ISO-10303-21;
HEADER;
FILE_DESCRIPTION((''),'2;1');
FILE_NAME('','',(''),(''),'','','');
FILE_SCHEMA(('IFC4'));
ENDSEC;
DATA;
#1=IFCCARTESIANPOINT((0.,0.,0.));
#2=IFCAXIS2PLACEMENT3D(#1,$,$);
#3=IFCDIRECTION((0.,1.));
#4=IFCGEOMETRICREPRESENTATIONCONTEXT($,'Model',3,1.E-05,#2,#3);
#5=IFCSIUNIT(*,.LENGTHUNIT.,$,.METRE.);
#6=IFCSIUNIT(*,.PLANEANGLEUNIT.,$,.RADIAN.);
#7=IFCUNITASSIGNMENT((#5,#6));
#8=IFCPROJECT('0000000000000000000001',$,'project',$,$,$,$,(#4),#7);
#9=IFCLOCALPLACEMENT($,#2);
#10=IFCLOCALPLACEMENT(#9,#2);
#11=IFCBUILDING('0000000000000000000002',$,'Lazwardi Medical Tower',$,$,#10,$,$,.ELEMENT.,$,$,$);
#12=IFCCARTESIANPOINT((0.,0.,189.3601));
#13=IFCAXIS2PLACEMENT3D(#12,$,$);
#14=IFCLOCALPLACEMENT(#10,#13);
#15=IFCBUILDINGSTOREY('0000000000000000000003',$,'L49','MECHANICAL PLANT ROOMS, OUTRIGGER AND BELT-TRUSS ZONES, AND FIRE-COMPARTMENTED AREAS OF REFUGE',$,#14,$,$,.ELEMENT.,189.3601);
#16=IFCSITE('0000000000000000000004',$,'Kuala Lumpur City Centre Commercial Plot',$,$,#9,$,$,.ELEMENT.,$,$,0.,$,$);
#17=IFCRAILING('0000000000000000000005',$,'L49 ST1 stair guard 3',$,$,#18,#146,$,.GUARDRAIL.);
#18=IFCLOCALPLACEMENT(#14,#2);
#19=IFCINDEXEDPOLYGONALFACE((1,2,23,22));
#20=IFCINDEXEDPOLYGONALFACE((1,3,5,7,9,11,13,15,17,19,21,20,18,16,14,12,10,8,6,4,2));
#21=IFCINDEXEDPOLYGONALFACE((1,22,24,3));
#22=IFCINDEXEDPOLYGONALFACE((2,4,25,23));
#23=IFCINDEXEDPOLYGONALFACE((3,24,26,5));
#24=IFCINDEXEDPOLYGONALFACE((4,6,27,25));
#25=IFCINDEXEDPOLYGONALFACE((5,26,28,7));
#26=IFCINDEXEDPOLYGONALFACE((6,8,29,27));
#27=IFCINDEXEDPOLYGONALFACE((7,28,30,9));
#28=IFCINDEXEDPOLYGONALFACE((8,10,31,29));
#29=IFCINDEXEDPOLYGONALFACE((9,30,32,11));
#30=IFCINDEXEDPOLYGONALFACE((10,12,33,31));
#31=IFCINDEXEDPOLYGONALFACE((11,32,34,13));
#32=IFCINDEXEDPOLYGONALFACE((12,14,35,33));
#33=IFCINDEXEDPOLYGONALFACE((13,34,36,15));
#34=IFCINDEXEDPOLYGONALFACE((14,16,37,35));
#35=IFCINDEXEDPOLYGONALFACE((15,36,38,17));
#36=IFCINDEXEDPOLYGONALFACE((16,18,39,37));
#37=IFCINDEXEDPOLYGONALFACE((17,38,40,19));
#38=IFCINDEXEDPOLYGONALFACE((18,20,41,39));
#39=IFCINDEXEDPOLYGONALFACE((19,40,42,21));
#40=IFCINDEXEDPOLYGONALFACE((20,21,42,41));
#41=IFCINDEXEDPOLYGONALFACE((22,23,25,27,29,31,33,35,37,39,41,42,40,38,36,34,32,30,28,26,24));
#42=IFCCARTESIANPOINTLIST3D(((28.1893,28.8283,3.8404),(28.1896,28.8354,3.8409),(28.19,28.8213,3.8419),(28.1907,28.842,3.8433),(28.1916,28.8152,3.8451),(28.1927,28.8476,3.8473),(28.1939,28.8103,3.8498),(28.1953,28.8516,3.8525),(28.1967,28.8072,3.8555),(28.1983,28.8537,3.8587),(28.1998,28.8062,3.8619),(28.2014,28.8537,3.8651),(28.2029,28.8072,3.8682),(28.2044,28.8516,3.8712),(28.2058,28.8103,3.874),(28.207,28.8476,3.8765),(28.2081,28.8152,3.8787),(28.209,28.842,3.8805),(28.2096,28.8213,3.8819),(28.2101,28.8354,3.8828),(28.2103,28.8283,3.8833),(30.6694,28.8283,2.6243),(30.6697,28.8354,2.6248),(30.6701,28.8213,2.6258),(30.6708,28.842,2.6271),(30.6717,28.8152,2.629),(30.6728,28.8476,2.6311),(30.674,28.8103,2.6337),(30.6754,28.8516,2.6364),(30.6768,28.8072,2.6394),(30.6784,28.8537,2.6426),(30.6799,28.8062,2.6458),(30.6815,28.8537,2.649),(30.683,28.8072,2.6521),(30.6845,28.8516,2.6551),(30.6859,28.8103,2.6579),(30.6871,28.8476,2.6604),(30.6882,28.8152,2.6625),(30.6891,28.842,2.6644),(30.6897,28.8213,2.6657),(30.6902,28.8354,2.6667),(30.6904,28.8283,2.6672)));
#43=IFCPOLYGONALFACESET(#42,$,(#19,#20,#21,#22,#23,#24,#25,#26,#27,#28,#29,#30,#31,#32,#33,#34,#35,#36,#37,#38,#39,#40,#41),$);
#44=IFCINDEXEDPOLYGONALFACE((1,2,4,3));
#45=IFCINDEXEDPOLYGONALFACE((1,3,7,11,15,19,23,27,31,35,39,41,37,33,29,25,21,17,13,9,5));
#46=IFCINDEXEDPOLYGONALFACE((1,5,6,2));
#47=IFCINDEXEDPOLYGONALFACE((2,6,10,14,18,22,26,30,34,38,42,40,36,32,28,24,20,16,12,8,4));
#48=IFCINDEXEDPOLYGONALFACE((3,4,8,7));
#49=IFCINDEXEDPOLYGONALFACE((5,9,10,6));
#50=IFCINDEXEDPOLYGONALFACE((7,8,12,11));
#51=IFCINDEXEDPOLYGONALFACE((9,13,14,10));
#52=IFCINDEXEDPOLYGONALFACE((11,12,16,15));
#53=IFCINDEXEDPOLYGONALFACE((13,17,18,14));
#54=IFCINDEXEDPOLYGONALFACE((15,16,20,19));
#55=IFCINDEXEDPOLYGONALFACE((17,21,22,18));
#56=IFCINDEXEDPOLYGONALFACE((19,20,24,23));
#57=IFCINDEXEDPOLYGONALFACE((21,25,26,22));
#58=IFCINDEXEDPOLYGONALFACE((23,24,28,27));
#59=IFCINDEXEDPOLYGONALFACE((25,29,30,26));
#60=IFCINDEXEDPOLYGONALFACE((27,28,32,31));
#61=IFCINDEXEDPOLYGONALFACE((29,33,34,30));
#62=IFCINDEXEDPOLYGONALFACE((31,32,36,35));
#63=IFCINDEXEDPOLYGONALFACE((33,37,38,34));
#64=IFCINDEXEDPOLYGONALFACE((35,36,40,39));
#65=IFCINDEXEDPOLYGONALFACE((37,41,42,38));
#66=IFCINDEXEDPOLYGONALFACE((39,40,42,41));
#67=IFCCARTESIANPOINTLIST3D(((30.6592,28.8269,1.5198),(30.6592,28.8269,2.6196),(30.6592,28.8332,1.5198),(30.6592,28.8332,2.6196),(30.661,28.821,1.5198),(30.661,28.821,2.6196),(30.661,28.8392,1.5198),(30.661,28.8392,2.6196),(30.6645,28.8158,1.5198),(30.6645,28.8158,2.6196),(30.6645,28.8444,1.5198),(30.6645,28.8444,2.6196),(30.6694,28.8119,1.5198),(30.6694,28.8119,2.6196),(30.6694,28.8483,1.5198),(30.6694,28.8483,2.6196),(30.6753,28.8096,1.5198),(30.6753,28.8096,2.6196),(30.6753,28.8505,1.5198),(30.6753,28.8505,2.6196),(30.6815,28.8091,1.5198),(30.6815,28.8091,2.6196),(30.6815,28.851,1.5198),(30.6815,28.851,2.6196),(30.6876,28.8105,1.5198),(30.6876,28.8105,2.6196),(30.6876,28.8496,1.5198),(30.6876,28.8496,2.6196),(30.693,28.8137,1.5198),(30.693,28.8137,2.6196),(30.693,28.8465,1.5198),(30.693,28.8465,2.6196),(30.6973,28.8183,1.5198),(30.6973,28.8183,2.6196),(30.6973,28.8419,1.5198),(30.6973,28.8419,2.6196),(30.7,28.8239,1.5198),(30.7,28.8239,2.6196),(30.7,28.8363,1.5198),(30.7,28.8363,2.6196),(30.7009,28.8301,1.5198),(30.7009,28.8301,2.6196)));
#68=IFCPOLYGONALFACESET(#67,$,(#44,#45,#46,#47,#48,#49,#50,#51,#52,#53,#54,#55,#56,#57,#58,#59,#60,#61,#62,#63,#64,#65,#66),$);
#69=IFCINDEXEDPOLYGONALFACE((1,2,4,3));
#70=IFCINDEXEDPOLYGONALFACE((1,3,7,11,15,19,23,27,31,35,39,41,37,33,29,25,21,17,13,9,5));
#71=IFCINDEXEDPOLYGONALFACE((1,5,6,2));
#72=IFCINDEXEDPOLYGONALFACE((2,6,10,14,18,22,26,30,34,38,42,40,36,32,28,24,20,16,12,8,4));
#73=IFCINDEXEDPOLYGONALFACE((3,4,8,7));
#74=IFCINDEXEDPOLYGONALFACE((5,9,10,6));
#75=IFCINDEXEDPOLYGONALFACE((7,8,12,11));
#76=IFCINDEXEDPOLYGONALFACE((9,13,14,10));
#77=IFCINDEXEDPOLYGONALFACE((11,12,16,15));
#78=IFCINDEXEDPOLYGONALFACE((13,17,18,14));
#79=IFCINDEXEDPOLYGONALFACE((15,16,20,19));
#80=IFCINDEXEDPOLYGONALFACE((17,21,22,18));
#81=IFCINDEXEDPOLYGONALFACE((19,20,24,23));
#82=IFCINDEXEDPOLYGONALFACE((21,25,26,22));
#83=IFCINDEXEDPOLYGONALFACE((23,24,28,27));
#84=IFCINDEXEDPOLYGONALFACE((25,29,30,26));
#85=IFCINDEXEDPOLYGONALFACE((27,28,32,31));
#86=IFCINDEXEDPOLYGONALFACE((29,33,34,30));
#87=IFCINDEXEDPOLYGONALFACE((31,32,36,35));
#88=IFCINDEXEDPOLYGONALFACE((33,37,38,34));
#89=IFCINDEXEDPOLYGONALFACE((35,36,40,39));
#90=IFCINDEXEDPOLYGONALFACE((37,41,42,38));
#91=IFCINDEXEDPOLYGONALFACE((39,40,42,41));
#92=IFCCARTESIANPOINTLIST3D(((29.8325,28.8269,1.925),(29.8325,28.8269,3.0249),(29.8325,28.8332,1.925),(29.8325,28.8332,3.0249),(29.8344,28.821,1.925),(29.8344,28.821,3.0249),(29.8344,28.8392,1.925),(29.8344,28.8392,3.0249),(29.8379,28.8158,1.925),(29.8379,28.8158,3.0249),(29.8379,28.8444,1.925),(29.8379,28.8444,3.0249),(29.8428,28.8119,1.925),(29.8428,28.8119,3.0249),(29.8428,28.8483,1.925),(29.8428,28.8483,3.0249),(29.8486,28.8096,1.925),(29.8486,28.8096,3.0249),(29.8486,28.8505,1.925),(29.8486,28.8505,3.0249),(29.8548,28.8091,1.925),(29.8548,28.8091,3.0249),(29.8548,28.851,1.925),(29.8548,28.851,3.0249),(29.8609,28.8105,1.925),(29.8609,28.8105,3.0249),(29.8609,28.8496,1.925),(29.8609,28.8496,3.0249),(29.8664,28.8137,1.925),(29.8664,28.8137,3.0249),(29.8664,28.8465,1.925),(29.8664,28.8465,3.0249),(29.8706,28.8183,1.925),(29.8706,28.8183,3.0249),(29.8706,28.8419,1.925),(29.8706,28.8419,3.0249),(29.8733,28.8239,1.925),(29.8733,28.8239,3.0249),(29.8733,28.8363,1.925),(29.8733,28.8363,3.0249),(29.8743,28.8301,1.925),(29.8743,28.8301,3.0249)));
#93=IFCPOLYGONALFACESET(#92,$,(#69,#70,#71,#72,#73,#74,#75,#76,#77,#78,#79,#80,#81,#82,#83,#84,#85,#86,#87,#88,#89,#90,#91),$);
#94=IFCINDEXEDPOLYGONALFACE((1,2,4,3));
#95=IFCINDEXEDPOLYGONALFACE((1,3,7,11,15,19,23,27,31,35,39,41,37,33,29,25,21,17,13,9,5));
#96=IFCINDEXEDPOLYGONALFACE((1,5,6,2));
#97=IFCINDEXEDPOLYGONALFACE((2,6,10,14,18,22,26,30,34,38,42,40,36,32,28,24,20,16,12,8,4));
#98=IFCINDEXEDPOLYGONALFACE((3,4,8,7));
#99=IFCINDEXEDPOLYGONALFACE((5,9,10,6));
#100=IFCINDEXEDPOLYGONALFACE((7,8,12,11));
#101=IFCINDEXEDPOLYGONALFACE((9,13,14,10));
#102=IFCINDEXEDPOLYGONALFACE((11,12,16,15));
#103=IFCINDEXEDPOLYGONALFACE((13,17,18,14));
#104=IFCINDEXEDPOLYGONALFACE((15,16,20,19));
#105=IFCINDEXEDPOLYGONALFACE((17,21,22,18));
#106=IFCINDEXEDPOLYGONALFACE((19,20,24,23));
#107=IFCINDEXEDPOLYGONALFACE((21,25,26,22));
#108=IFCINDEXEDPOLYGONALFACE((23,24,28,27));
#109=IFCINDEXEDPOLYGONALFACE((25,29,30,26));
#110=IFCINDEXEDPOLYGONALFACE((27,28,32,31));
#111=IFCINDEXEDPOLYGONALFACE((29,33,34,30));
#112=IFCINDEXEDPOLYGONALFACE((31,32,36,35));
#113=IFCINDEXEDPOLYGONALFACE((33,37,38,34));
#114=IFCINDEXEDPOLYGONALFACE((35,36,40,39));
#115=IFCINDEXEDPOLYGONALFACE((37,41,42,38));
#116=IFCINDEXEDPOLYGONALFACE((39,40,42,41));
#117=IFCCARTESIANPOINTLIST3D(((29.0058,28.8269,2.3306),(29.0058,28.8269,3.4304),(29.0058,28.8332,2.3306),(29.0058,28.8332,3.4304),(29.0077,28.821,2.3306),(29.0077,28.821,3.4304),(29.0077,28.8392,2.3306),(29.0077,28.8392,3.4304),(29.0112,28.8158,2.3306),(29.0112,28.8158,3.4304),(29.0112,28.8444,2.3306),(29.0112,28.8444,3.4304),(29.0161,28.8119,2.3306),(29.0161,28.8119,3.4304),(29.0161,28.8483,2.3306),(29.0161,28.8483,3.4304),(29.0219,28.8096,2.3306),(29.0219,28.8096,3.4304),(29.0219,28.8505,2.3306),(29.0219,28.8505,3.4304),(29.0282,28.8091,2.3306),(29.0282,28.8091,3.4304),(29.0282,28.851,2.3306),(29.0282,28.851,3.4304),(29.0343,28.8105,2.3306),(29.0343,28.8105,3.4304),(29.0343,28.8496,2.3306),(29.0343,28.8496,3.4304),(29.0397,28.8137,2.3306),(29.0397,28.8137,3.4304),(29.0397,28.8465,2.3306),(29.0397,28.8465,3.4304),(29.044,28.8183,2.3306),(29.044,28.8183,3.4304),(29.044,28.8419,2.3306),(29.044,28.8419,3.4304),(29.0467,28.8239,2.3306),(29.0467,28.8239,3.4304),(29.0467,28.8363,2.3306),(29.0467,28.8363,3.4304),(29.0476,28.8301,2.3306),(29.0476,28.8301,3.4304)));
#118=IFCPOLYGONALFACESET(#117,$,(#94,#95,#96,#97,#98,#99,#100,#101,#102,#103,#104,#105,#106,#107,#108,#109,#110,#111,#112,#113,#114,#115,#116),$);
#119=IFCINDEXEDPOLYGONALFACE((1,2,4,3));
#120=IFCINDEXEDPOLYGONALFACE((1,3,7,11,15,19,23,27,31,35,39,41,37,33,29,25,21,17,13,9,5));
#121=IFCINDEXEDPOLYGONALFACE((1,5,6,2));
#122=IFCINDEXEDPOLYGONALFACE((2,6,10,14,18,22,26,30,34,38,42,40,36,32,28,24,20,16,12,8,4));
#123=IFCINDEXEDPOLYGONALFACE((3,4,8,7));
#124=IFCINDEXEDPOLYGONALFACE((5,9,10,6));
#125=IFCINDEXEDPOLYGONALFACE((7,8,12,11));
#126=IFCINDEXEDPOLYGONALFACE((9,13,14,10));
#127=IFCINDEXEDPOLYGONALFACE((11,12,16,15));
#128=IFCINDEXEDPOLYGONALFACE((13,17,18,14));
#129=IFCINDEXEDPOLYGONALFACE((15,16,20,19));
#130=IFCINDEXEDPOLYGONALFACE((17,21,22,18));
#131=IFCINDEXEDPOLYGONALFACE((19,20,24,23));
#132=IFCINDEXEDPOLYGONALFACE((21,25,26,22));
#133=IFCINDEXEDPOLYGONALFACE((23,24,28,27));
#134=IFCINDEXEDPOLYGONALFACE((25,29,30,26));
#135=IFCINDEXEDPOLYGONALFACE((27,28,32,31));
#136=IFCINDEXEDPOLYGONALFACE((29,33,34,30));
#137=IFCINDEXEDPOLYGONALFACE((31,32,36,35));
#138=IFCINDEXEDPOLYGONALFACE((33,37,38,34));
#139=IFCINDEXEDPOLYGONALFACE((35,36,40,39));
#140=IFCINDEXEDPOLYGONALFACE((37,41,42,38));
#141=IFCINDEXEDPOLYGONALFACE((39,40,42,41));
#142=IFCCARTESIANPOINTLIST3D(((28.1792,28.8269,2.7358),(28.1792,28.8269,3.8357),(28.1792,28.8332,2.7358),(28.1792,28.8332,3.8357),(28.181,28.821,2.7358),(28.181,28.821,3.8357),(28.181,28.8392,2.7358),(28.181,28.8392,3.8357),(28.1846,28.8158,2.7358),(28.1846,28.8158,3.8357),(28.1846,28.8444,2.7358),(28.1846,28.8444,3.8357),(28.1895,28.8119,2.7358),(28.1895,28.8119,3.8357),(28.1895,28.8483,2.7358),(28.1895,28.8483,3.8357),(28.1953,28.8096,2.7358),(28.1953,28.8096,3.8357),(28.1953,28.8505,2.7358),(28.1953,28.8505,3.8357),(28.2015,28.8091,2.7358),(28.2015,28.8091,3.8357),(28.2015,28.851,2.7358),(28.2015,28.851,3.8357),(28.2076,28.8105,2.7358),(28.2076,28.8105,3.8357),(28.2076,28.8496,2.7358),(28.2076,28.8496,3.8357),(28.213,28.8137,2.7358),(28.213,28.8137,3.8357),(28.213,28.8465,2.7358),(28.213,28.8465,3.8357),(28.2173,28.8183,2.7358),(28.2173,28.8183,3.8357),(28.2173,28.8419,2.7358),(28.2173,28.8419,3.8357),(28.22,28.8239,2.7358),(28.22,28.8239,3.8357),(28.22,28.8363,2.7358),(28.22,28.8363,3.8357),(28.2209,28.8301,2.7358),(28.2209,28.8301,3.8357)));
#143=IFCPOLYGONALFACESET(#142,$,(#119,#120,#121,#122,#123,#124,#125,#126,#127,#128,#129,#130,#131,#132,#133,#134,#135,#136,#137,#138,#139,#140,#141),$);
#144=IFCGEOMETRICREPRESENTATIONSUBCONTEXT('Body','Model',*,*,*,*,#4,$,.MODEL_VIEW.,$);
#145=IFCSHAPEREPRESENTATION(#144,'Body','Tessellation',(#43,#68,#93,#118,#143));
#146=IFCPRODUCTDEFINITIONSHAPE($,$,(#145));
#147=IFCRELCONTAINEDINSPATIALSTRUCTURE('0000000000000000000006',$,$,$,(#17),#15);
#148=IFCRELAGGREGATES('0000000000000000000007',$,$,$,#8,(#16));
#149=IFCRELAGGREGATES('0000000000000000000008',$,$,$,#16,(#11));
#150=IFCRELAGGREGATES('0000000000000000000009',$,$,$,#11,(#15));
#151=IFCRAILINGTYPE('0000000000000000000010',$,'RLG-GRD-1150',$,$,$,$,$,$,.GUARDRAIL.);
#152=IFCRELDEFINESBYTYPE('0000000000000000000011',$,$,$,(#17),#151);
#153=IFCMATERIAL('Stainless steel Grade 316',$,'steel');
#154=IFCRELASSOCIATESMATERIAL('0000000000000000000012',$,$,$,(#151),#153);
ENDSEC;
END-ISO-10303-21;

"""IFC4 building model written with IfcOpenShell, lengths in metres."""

from ifc_helpers import new_model, si_unit, direction, frame, origin, origin_2d, place, context, subcontext, project, spatial, circle, extrude, material, type_object, element, save


model = new_model("IFC4")

# Units and contexts
model_context = context("Model", 3, precision=1e-05, world=origin(), true_north=direction((0.0, 1.0)))
body_context = subcontext(model_context, "Body", "Model", "MODEL_VIEW")
ifc_project = project(units=[si_unit("LENGTHUNIT", "METRE"), si_unit("PLANEANGLEUNIT", "RADIAN")], contexts=[model_context])

# Site, building, storey
site_placement = place(None, origin())
site = spatial("IfcSite", under=ifc_project, at=site_placement, Name="Kuala Lumpur City Centre Commercial Plot", CompositionType="ELEMENT", RefElevation=0.0)
building_placement = place(site_placement, origin())
building = spatial("IfcBuilding", under=site, at=building_placement, Name="Lazwardi Medical Tower", CompositionType="ELEMENT")
storey_placement = place(building_placement, frame((0.0, 0.0, 189.3601)))
storey = spatial("IfcBuildingStorey", under=building, at=storey_placement, Name="L49", Description="MECHANICAL PLANT ROOMS, OUTRIGGER AND BELT-TRUSS ZONES, AND FIRE-COMPARTMENTED AREAS OF REFUGE", CompositionType="ELEMENT", Elevation=189.3601)

# Railing
ifc_material_1 = material(Name="Stainless steel Grade 316", Category="steel")
railing_type_1 = type_object("IfcRailingType", Name="RLG-GRD-1150", PredefinedType="GUARDRAIL", material=ifc_material_1)
railing_1_placement = place(storey_placement, frame((30.6799, 28.8301, 1.5198)))
element("IfcRailing", 1, at=railing_1_placement, inside=storey, type_object=railing_type_1, Name="L49 ST1 stair guard 3", PredefinedType="GUARDRAIL", context=body_context, shape_type="SweptSolid", body=[
    extrude(circle(Radius=0.0239, at=origin_2d()), frame((0.0, 0.0, 1.126), z_axis=(-0.897865, 0.0, 0.44027), x_axis=(0.0, -1.0, 0.0)), (0.0, 0.0, 1.0), 2.7622),
    extrude(circle(Radius=0.021, at=origin_2d()), origin(), (0.0, 0.0, 1.0), 1.0999),
    extrude(circle(Radius=0.021, at=origin_2d()), frame((-0.8267, 0.0, 0.4053)), (0.0, 0.0, 1.0), 1.0999),
    extrude(circle(Radius=0.021, at=origin_2d()), frame((-1.6533, 0.0, 0.8108)), (0.0, 0.0, 1.0), 1.0999),
    extrude(circle(Radius=0.021, at=origin_2d()), frame((-2.48, 0.0, 1.2161)), (0.0, 0.0, 1.0), 1.0999),
])

save(model, "model.ifc")
